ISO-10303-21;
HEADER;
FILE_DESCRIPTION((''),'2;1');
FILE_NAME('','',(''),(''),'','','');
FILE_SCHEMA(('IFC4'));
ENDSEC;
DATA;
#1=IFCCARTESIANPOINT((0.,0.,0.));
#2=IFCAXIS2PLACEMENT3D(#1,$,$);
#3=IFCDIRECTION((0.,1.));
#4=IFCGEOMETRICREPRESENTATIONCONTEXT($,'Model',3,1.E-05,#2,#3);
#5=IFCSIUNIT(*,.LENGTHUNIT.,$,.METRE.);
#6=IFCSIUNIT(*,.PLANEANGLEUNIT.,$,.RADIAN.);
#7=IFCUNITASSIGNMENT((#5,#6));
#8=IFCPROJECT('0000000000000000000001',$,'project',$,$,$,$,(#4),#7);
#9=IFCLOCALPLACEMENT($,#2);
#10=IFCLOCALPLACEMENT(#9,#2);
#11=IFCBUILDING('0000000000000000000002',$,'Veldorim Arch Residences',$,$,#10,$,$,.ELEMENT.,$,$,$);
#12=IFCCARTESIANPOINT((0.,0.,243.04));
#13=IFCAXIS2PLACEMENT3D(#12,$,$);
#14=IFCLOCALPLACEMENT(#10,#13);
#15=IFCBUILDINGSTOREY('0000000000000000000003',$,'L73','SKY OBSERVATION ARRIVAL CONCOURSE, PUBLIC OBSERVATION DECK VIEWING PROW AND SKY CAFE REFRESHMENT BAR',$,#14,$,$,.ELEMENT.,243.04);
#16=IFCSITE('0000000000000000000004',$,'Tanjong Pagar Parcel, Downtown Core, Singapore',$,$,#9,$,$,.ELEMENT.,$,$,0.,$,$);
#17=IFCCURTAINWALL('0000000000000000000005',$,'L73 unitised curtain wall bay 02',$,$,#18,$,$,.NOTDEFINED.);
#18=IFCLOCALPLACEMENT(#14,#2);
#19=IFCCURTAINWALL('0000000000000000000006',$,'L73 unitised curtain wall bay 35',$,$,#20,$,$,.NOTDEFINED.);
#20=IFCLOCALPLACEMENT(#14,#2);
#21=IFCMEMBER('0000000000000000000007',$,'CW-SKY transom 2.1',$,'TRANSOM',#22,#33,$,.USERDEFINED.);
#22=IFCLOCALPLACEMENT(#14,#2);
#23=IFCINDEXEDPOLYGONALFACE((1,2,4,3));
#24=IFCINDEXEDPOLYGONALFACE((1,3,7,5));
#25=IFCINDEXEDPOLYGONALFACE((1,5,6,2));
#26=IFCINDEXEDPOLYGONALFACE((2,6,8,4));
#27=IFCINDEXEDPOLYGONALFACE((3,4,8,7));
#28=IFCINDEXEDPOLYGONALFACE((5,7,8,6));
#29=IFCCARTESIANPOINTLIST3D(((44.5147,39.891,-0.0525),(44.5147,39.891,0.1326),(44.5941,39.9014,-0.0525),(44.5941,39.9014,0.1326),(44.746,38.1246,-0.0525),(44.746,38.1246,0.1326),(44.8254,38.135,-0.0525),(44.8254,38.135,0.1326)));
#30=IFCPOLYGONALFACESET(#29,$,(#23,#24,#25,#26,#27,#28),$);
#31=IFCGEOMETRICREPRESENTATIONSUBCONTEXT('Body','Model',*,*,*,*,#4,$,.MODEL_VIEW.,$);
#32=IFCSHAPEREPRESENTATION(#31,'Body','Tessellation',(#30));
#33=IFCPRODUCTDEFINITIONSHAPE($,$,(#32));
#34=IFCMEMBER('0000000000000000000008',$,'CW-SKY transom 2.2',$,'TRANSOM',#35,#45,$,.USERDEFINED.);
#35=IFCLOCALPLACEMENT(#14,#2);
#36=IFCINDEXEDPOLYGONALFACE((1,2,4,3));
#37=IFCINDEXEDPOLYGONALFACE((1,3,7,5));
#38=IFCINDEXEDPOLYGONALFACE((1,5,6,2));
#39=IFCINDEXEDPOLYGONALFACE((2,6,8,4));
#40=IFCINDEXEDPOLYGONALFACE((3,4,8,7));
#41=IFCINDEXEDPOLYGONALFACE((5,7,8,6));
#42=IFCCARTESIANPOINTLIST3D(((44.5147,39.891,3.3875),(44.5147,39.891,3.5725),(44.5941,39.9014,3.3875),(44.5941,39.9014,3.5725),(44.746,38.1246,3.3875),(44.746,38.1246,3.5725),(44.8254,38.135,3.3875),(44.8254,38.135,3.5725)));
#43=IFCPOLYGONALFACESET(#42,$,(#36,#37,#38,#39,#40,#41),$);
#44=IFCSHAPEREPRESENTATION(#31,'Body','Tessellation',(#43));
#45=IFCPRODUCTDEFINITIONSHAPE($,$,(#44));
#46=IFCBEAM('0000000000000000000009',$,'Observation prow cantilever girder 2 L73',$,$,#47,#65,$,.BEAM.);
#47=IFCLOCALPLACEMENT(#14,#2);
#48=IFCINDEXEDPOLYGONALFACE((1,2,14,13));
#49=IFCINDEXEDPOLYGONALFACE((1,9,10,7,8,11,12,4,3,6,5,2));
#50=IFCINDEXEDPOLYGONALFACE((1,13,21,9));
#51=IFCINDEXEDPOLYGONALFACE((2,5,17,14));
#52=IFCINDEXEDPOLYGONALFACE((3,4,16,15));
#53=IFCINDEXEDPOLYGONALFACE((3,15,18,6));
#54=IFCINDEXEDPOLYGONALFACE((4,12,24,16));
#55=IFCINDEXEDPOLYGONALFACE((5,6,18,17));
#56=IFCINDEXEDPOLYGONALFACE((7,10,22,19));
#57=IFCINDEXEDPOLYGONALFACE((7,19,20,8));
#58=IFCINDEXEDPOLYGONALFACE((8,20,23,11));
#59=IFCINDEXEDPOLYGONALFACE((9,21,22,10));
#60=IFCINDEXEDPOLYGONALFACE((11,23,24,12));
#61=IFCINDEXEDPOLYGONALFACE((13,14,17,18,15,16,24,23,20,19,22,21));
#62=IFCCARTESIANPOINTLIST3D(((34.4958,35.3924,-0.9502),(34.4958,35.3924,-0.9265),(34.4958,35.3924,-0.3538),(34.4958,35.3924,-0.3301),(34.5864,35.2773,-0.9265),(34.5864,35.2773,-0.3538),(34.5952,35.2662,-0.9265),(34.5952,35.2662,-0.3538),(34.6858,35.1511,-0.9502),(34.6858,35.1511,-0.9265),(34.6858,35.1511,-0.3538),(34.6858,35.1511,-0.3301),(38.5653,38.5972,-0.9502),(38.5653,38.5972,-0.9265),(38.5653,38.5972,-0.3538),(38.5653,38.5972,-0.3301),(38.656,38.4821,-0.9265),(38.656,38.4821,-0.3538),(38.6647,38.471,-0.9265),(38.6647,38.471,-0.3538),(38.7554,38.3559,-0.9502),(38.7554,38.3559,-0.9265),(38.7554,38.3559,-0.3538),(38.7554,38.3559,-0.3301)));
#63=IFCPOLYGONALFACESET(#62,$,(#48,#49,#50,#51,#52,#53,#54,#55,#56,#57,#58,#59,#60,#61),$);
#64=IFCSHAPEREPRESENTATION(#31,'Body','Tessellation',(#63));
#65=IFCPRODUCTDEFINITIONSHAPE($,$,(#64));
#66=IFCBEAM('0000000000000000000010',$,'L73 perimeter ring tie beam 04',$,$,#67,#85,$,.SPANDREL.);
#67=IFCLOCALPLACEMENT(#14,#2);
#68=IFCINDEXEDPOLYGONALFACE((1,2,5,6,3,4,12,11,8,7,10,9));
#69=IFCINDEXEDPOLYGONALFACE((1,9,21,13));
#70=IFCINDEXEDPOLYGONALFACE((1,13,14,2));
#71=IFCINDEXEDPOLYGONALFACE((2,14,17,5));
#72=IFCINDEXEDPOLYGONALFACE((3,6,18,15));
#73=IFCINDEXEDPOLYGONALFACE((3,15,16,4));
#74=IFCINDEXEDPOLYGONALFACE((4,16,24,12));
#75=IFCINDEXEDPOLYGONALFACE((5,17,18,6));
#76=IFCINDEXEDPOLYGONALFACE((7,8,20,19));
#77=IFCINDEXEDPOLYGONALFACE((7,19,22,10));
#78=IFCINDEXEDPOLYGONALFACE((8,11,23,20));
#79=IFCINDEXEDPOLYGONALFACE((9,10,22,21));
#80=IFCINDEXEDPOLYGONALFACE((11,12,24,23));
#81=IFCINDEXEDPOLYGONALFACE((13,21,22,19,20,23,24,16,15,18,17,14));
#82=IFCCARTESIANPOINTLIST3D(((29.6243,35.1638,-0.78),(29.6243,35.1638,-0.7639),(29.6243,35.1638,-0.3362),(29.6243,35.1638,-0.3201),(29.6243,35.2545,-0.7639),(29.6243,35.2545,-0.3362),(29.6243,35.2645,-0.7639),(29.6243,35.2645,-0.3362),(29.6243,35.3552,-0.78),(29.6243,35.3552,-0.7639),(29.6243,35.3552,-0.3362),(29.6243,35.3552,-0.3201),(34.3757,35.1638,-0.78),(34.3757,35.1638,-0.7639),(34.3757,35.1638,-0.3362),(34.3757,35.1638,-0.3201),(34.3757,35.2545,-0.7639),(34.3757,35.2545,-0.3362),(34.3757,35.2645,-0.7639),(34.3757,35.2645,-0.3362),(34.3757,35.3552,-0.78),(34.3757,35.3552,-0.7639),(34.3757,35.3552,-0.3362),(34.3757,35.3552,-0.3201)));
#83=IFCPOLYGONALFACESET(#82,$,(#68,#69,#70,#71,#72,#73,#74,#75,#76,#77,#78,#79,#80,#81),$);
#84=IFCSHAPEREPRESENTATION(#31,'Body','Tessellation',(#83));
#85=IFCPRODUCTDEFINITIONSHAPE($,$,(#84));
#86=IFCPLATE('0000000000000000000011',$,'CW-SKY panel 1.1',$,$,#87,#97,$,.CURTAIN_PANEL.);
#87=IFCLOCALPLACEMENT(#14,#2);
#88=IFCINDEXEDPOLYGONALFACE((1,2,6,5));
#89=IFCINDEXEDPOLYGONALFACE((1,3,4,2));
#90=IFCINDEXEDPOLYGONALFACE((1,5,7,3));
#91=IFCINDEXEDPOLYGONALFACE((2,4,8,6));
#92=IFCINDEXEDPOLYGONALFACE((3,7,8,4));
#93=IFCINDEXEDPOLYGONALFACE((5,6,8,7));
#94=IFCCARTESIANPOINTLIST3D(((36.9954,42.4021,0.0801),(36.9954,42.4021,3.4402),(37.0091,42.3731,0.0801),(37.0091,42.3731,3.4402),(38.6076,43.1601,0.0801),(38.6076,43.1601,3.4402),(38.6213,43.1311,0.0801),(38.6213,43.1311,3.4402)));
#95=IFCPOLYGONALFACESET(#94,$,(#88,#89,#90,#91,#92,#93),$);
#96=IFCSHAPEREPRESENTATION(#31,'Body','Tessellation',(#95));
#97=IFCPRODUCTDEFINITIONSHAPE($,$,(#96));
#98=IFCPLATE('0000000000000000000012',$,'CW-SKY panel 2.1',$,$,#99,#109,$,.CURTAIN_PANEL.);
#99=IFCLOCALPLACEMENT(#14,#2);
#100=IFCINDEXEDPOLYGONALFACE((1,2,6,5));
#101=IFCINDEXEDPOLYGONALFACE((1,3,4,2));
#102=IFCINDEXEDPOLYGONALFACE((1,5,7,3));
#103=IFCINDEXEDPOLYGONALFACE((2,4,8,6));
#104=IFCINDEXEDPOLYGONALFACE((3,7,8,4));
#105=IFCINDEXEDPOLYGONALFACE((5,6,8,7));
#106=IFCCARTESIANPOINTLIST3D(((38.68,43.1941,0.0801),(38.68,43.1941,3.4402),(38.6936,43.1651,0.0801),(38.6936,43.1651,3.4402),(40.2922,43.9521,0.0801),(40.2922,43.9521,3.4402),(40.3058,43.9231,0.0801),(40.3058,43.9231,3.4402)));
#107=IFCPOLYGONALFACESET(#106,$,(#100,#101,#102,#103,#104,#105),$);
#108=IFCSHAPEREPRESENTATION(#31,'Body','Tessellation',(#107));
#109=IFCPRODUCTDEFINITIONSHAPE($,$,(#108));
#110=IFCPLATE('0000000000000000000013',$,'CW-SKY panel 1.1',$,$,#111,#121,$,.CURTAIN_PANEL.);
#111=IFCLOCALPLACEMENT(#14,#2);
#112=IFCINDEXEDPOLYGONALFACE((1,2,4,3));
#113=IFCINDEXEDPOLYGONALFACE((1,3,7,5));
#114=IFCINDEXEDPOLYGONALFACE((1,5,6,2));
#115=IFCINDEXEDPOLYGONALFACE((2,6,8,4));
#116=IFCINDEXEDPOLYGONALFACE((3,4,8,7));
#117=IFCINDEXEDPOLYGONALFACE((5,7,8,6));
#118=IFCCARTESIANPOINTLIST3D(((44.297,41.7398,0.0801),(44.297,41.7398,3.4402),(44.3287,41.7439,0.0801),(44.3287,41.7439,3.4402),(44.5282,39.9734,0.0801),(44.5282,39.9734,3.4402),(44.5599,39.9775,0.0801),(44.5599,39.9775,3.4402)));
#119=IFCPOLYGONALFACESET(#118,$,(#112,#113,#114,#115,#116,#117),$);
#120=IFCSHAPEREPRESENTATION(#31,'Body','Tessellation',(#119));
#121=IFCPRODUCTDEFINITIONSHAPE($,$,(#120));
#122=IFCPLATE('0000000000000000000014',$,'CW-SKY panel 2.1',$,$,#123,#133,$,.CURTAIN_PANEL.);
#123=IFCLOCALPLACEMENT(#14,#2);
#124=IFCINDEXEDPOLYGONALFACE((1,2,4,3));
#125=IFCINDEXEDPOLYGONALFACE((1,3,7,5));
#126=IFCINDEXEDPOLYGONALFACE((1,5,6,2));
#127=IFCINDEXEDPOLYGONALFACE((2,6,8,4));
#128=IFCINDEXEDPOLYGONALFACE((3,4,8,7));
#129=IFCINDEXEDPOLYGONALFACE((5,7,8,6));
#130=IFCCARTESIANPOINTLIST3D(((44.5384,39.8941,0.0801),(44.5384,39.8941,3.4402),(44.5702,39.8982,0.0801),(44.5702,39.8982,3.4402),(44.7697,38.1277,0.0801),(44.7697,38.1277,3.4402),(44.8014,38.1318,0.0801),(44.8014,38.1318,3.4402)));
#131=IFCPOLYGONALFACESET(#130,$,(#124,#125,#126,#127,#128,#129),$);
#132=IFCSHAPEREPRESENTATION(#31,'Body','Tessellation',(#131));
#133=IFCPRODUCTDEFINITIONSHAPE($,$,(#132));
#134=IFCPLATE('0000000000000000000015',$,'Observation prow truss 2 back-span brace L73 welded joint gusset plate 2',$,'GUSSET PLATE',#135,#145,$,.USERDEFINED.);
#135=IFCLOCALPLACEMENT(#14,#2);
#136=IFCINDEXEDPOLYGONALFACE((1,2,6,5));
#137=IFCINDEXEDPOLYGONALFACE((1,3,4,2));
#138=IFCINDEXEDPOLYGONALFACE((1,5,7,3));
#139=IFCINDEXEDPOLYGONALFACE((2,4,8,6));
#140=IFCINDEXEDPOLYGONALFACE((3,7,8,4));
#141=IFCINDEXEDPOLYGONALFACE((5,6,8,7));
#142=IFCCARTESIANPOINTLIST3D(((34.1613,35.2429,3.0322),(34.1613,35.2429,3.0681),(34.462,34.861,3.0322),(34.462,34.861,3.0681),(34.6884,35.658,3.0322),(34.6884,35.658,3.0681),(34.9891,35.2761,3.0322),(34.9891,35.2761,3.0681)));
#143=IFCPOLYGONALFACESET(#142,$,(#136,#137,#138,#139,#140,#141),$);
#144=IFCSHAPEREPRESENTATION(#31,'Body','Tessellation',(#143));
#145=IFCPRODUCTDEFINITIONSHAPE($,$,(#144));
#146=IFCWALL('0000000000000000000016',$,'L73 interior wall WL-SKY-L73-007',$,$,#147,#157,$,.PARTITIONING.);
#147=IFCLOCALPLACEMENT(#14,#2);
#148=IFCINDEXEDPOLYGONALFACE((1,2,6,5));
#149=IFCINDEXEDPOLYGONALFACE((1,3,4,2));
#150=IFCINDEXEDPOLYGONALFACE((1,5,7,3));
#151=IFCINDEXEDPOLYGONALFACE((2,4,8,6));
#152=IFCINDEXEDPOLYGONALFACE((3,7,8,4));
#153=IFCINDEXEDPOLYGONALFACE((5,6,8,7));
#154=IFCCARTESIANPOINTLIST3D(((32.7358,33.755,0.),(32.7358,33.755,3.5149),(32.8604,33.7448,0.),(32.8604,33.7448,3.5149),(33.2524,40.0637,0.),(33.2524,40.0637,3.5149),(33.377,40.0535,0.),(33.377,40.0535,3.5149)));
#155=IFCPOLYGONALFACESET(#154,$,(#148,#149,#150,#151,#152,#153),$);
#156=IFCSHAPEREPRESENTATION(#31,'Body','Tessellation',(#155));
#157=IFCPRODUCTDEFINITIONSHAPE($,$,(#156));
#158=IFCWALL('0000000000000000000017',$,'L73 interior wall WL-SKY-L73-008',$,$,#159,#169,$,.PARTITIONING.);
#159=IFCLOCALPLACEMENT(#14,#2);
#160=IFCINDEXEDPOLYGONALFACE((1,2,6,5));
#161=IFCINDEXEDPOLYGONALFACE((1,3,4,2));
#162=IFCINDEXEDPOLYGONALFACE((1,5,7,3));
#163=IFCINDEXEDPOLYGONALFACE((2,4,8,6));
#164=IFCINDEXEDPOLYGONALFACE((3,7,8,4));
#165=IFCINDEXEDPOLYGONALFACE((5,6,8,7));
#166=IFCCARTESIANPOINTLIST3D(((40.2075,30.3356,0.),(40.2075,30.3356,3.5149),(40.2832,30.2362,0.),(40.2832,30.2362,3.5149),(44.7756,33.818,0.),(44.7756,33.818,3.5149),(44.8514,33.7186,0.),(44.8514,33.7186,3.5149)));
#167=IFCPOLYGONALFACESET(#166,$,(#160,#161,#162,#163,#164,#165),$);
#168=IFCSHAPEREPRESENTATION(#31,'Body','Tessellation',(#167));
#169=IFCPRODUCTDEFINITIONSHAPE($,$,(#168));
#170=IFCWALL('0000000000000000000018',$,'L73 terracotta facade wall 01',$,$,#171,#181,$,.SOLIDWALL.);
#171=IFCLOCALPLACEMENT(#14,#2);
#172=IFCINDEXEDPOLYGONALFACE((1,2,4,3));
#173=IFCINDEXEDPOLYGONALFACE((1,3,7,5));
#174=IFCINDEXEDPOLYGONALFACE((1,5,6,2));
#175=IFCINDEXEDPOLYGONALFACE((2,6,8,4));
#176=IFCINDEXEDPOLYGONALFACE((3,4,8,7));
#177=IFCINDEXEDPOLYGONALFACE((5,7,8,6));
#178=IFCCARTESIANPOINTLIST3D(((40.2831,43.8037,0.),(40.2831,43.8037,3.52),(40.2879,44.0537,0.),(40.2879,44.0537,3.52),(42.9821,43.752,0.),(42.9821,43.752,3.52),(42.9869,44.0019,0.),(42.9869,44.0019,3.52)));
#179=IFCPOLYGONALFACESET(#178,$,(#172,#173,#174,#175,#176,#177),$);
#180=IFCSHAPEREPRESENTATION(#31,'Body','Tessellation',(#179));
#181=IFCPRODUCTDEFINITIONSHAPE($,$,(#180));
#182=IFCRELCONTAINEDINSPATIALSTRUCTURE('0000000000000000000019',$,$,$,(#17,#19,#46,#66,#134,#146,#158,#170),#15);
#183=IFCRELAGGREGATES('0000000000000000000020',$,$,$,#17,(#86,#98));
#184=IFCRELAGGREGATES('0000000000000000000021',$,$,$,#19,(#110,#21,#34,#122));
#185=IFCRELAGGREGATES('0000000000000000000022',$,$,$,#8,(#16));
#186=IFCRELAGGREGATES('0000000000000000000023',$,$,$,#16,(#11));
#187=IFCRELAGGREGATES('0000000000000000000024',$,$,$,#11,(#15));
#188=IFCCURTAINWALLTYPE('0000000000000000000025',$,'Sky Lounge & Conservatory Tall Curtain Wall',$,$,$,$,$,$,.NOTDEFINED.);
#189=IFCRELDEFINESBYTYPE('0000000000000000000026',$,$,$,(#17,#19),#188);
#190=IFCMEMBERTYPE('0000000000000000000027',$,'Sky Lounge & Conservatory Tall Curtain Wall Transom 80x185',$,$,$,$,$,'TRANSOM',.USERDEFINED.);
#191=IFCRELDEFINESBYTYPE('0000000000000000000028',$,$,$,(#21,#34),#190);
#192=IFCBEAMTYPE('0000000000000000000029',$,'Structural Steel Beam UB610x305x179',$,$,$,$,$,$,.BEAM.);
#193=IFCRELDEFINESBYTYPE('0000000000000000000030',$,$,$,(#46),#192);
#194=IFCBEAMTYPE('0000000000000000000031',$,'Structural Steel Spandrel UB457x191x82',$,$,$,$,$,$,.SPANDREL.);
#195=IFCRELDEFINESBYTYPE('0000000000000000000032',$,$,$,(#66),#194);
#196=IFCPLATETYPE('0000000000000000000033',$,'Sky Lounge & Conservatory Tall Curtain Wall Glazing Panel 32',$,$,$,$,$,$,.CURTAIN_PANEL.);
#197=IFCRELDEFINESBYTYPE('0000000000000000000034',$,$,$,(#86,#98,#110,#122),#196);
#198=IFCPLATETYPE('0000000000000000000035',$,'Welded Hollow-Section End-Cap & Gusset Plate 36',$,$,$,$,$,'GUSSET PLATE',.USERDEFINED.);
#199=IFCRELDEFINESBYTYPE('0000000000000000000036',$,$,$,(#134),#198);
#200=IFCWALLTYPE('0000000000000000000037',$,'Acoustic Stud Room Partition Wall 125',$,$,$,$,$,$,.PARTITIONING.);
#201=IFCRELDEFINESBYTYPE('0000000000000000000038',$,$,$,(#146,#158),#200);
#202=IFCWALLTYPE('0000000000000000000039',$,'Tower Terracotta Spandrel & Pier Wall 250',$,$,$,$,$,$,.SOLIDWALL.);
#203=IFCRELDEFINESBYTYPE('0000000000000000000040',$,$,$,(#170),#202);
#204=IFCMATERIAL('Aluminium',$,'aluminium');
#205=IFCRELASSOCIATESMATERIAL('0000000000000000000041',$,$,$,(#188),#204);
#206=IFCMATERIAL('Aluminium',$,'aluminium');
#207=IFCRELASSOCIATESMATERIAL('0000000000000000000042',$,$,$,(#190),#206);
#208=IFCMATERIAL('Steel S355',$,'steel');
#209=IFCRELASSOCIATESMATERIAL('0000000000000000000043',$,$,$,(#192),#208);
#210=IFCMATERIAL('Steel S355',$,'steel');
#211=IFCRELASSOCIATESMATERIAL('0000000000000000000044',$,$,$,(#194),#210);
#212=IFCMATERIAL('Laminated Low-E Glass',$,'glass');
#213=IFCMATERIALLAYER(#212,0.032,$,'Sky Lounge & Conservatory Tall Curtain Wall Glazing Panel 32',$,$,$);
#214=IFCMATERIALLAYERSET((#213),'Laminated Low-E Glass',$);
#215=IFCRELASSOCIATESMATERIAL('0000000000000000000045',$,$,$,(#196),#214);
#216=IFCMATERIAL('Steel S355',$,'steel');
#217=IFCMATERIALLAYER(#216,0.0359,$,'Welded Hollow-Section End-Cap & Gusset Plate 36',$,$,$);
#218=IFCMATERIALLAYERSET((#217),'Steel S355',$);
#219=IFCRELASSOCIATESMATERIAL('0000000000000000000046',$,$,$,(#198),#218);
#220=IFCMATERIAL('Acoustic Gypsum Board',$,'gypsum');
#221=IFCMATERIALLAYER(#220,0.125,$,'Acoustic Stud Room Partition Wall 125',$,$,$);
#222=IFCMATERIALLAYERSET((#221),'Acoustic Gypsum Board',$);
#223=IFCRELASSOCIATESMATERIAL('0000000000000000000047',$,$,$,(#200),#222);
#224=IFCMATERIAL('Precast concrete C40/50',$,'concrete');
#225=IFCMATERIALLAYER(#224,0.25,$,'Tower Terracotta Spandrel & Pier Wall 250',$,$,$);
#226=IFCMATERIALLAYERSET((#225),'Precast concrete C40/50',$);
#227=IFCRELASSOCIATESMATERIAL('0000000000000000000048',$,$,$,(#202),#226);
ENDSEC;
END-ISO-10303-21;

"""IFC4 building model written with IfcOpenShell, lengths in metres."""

from ifc_helpers import new_model, si_unit, direction, frame, frame_2d, origin, origin_2d, place, context, subcontext, project, spatial, rectangle, i_section, extrude, material, layer, layer_set, material_profile, profile_set, type_object, element, aggregate, save


model = new_model("IFC4")

# Units and contexts
model_context = context("Model", 3, precision=1e-05, world=origin(), true_north=direction((0.0, 1.0)))
body_context = subcontext(model_context, "Body", "Model", "MODEL_VIEW")
ifc_project = project(units=[si_unit("LENGTHUNIT", "METRE"), si_unit("PLANEANGLEUNIT", "RADIAN")], contexts=[model_context])

# Site, building, storey
site_placement = place(None, origin())
site = spatial("IfcSite", under=ifc_project, at=site_placement, Name="Tanjong Pagar Parcel, Downtown Core, Singapore", CompositionType="ELEMENT", RefElevation=0.0)
building_placement = place(site_placement, origin())
building = spatial("IfcBuilding", under=site, at=building_placement, Name="Veldorim Arch Residences", CompositionType="ELEMENT")
storey_placement = place(building_placement, frame((0.0, 0.0, 243.04)))
storey = spatial("IfcBuildingStorey", under=building, at=storey_placement, Name="L73", Description="SKY OBSERVATION ARRIVAL CONCOURSE, PUBLIC OBSERVATION DECK VIEWING PROW AND SKY CAFE REFRESHMENT BAR", CompositionType="ELEMENT", Elevation=243.04)

# Curtain walls
ifc_material_1 = material(Name="Aluminium", Category="aluminium")
curtain_wall_type = type_object("IfcCurtainWallType", Name="Sky Lounge & Conservatory Tall Curtain Wall", PredefinedType="NOTDEFINED", material=ifc_material_1)
curtain_wall_1_placement = place(storey_placement, origin())
curtain_wall_1 = element("IfcCurtainWall", 1, at=curtain_wall_1_placement, inside=storey, type_object=curtain_wall_type, Name="L73 unitised curtain wall bay 02", PredefinedType="NOTDEFINED")
curtain_wall_2_placement = place(storey_placement, origin())
curtain_wall_2 = element("IfcCurtainWall", 2, at=curtain_wall_2_placement, inside=storey, type_object=curtain_wall_type, Name="L73 unitised curtain wall bay 35", PredefinedType="NOTDEFINED")

# Members
ifc_material_2 = material(Name="Aluminium", Category="aluminium")
ifc_material_profile_1 = material_profile(ifc_material_2, rectangle(XDim=0.0801, YDim=0.1851, at=origin_2d()), Name="ALU_TRN_80x185")
ifc_profile_set_1 = profile_set([ifc_material_profile_1], Name="Aluminium")
member_type_1 = type_object("IfcMemberType", Name="Sky Lounge & Conservatory Tall Curtain Wall Transom 80x185", ElementType="TRANSOM", PredefinedType="USERDEFINED", material=ifc_profile_set_1)
member_1_placement = place(storey_placement, frame((44.5544, 39.8962, 0.04), z_axis=(0.129784, -0.991542, 0.0), x_axis=(0.991542, 0.129784, 0.0)))
member_1 = element("IfcMember", 3, at=member_1_placement, type_object=member_type_1, Name="CW-SKY transom 2.1", ObjectType="TRANSOM", PredefinedType="USERDEFINED", context=body_context, shape_type="SweptSolid", body=[
    extrude(rectangle(XDim=0.0801, YDim=0.1851, at=origin_2d()), origin(), (0.0, 0.0, 1.0), 1.7815),
])
member_2_placement = place(storey_placement, frame((44.5544, 39.8962, 3.48), z_axis=(0.129784, -0.991542, 0.0), x_axis=(0.991542, 0.129784, 0.0)))
member_2 = element("IfcMember", 4, at=member_2_placement, type_object=member_type_1, Name="CW-SKY transom 2.2", ObjectType="TRANSOM", PredefinedType="USERDEFINED", context=body_context, shape_type="SweptSolid", body=[
    extrude(rectangle(XDim=0.0801, YDim=0.1851, at=origin_2d()), origin(), (0.0, 0.0, 1.0), 1.7815),
])

# Beams
ifc_material_3 = material(Name="Steel S355", Category="steel")
ifc_material_profile_2 = material_profile(ifc_material_3, i_section(OverallWidth=0.3071, OverallDepth=0.6201, WebThickness=0.0142, FlangeThickness=0.0237, at=origin_2d()), Name="UB610x305x179")
ifc_profile_set_2 = profile_set([ifc_material_profile_2], Name="Steel S355")
beam_type_1 = type_object("IfcBeamType", Name="Structural Steel Beam UB610x305x179", PredefinedType="BEAM", material=ifc_profile_set_2)
beam_1_placement = place(storey_placement, frame((34.5908, 35.2717, -0.6401), z_axis=(0.785633, 0.618693, 0.0), x_axis=(-0.618693, 0.785633, 0.0)))
element("IfcBeam", 5, at=beam_1_placement, inside=storey, type_object=beam_type_1, Name="Observation prow cantilever girder 2 L73", PredefinedType="BEAM", context=body_context, shape_type="SweptSolid", body=[
    extrude(i_section(OverallWidth=0.3071, OverallDepth=0.6201, WebThickness=0.0142, FlangeThickness=0.0237, at=origin_2d()), origin(), (0.0, 0.0, 1.0), 5.1799),
])
ifc_material_4 = material(Name="Steel S355", Category="steel")
ifc_material_profile_3 = material_profile(ifc_material_4, i_section(OverallWidth=0.1914, OverallDepth=0.46, WebThickness=0.01, FlangeThickness=0.0161, at=origin_2d()), Name="UB457x191x82")
ifc_profile_set_3 = profile_set([ifc_material_profile_3], Name="Steel S355")
beam_type_2 = type_object("IfcBeamType", Name="Structural Steel Spandrel UB457x191x82", PredefinedType="SPANDREL", material=ifc_profile_set_3)
beam_2_placement = place(storey_placement, frame((34.3757, 35.2595, -0.55), z_axis=(-1.0, 0.0, 0.0), x_axis=(0.0, -1.0, 0.0)))
element("IfcBeam", 6, at=beam_2_placement, inside=storey, type_object=beam_type_2, Name="L73 perimeter ring tie beam 04", PredefinedType="SPANDREL", context=body_context, shape_type="SweptSolid", body=[
    extrude(i_section(OverallWidth=0.1914, OverallDepth=0.46, WebThickness=0.01, FlangeThickness=0.0161, at=origin_2d()), origin(), (0.0, 0.0, 1.0), 4.7515),
])

# Plates
ifc_material_5 = material(Name="Laminated Low-E Glass", Category="glass")
ifc_layer_1 = layer(ifc_material_5, 0.032, Name="Sky Lounge & Conservatory Tall Curtain Wall Glazing Panel 32")
ifc_layer_set_1 = layer_set([ifc_layer_1], Name="Laminated Low-E Glass")
plate_type_1 = type_object("IfcPlateType", Name="Sky Lounge & Conservatory Tall Curtain Wall Glazing Panel 32", PredefinedType="CURTAIN_PANEL", material=ifc_layer_set_1)
plate_1_placement = place(storey_placement, frame((37.8083, 42.7666, 0.0801), z_axis=(0.0, 0.0, 1.0), x_axis=(0.904969, 0.425478, 0.0)))
plate_1 = element("IfcPlate", 7, at=plate_1_placement, type_object=plate_type_1, Name="CW-SKY panel 1.1", PredefinedType="CURTAIN_PANEL", context=body_context, shape_type="SweptSolid", body=[
    extrude(rectangle(XDim=1.7815, YDim=0.032, at=origin_2d()), origin(), (0.0, 0.0, 1.0), 3.3601),
])
plate_2_placement = place(storey_placement, frame((39.4929, 43.5586, 0.0801), z_axis=(0.0, 0.0, 1.0), x_axis=(0.904969, 0.425478, 0.0)))
plate_2 = element("IfcPlate", 8, at=plate_2_placement, type_object=plate_type_1, Name="CW-SKY panel 2.1", PredefinedType="CURTAIN_PANEL", context=body_context, shape_type="SweptSolid", body=[
    extrude(rectangle(XDim=1.7815, YDim=0.032, at=origin_2d()), origin(), (0.0, 0.0, 1.0), 3.3601),
])
aggregate(curtain_wall_1, [plate_1, plate_2])
plate_3_placement = place(storey_placement, frame((44.4285, 40.8586, 0.0801), z_axis=(0.0, 0.0, 1.0), x_axis=(0.1298, -0.99154, 0.0)))
plate_3 = element("IfcPlate", 9, at=plate_3_placement, type_object=plate_type_1, Name="CW-SKY panel 1.1", PredefinedType="CURTAIN_PANEL", context=body_context, shape_type="SweptSolid", body=[
    extrude(rectangle(XDim=1.7815, YDim=0.032, at=origin_2d()), origin(), (0.0, 0.0, 1.0), 3.3601),
])
plate_4_placement = place(storey_placement, frame((44.6699, 39.0129, 0.0801), z_axis=(0.0, 0.0, 1.0), x_axis=(0.1298, -0.99154, 0.0)))
plate_4 = element("IfcPlate", 10, at=plate_4_placement, type_object=plate_type_1, Name="CW-SKY panel 2.1", PredefinedType="CURTAIN_PANEL", context=body_context, shape_type="SweptSolid", body=[
    extrude(rectangle(XDim=1.7815, YDim=0.032, at=origin_2d()), origin(), (0.0, 0.0, 1.0), 3.3601),
])
aggregate(curtain_wall_2, [plate_3, member_1, member_2, plate_4])
ifc_material_6 = material(Name="Steel S355", Category="steel")
ifc_layer_2 = layer(ifc_material_6, 0.0359, Name="Welded Hollow-Section End-Cap & Gusset Plate 36")
ifc_layer_set_2 = layer_set([ifc_layer_2], Name="Steel S355")
plate_type_2 = type_object("IfcPlateType", Name="Welded Hollow-Section End-Cap & Gusset Plate 36", ElementType="GUSSET PLATE", PredefinedType="USERDEFINED", material=ifc_layer_set_2)
plate_5_placement = place(storey_placement, frame((34.5752, 35.2595, 3.0322), z_axis=(0.0, 0.0, 1.0), x_axis=(0.78563, 0.618696, 0.0)))
element("IfcPlate", 11, at=plate_5_placement, inside=storey, type_object=plate_type_2, Name="Observation prow truss 2 back-span brace L73 welded joint gusset plate 2", ObjectType="GUSSET PLATE", PredefinedType="USERDEFINED", context=body_context, shape_type="SweptSolid", body=[
    extrude(rectangle(XDim=0.6709, YDim=0.4861, at=origin_2d()), origin(), (0.0, 0.0, 1.0), 0.0359),
])

# Walls
ifc_material_7 = material(Name="Acoustic Gypsum Board", Category="gypsum")
ifc_layer_3 = layer(ifc_material_7, 0.125, Name="Acoustic Stud Room Partition Wall 125")
ifc_layer_set_3 = layer_set([ifc_layer_3], Name="Acoustic Gypsum Board")
wall_type_1 = type_object("IfcWallType", Name="Acoustic Stud Room Partition Wall 125", PredefinedType="PARTITIONING", material=ifc_layer_set_3)
wall_1_placement = place(storey_placement, frame((32.7981, 33.7498, 0.0), z_axis=(0.0, 0.0, 1.0), x_axis=(0.081612, 0.996664, 0.0)))
element("IfcWall", 12, at=wall_1_placement, inside=storey, type_object=wall_type_1, Name="L73 interior wall WL-SKY-L73-007", PredefinedType="PARTITIONING", context=body_context, shape_type="SweptSolid", body=[
    extrude(rectangle(XDim=6.3298, YDim=0.125, at=frame_2d((3.165, 0.0))), origin(), (0.0, 0.0, 1.0), 3.5149),
])
wall_2_placement = place(storey_placement, frame((44.8135, 33.7683, 0.0), z_axis=(0.0, 0.0, 1.0), x_axis=(-0.795268, -0.606258, 0.0)))
element("IfcWall", 13, at=wall_2_placement, inside=storey, type_object=wall_type_1, Name="L73 interior wall WL-SKY-L73-008", PredefinedType="PARTITIONING", context=body_context, shape_type="SweptSolid", body=[
    extrude(rectangle(XDim=5.7441, YDim=0.125, at=frame_2d((2.8721, 0.0))), origin(), (0.0, 0.0, 1.0), 3.5149),
])
ifc_material_8 = material(Name="Precast concrete C40/50", Category="concrete")
ifc_layer_4 = layer(ifc_material_8, 0.25, Name="Tower Terracotta Spandrel & Pier Wall 250")
ifc_layer_set_4 = layer_set([ifc_layer_4], Name="Precast concrete C40/50")
wall_type_2 = type_object("IfcWallType", Name="Tower Terracotta Spandrel & Pier Wall 250", PredefinedType="SOLIDWALL", material=ifc_layer_set_4)
wall_3_placement = place(storey_placement, frame((40.2856, 43.9287, 0.0), z_axis=(0.0, 0.0, 1.0), x_axis=(0.999816, -0.019173, 0.0)))
element("IfcWall", 14, at=wall_3_placement, inside=storey, type_object=wall_type_2, Name="L73 terracotta facade wall 01", PredefinedType="SOLIDWALL", context=body_context, shape_type="SweptSolid", body=[
    extrude(rectangle(XDim=2.6995, YDim=0.25, at=frame_2d((1.3496, 0.0))), origin(), (0.0, 0.0, 1.0), 3.52),
])

save(model, "model.ifc")
